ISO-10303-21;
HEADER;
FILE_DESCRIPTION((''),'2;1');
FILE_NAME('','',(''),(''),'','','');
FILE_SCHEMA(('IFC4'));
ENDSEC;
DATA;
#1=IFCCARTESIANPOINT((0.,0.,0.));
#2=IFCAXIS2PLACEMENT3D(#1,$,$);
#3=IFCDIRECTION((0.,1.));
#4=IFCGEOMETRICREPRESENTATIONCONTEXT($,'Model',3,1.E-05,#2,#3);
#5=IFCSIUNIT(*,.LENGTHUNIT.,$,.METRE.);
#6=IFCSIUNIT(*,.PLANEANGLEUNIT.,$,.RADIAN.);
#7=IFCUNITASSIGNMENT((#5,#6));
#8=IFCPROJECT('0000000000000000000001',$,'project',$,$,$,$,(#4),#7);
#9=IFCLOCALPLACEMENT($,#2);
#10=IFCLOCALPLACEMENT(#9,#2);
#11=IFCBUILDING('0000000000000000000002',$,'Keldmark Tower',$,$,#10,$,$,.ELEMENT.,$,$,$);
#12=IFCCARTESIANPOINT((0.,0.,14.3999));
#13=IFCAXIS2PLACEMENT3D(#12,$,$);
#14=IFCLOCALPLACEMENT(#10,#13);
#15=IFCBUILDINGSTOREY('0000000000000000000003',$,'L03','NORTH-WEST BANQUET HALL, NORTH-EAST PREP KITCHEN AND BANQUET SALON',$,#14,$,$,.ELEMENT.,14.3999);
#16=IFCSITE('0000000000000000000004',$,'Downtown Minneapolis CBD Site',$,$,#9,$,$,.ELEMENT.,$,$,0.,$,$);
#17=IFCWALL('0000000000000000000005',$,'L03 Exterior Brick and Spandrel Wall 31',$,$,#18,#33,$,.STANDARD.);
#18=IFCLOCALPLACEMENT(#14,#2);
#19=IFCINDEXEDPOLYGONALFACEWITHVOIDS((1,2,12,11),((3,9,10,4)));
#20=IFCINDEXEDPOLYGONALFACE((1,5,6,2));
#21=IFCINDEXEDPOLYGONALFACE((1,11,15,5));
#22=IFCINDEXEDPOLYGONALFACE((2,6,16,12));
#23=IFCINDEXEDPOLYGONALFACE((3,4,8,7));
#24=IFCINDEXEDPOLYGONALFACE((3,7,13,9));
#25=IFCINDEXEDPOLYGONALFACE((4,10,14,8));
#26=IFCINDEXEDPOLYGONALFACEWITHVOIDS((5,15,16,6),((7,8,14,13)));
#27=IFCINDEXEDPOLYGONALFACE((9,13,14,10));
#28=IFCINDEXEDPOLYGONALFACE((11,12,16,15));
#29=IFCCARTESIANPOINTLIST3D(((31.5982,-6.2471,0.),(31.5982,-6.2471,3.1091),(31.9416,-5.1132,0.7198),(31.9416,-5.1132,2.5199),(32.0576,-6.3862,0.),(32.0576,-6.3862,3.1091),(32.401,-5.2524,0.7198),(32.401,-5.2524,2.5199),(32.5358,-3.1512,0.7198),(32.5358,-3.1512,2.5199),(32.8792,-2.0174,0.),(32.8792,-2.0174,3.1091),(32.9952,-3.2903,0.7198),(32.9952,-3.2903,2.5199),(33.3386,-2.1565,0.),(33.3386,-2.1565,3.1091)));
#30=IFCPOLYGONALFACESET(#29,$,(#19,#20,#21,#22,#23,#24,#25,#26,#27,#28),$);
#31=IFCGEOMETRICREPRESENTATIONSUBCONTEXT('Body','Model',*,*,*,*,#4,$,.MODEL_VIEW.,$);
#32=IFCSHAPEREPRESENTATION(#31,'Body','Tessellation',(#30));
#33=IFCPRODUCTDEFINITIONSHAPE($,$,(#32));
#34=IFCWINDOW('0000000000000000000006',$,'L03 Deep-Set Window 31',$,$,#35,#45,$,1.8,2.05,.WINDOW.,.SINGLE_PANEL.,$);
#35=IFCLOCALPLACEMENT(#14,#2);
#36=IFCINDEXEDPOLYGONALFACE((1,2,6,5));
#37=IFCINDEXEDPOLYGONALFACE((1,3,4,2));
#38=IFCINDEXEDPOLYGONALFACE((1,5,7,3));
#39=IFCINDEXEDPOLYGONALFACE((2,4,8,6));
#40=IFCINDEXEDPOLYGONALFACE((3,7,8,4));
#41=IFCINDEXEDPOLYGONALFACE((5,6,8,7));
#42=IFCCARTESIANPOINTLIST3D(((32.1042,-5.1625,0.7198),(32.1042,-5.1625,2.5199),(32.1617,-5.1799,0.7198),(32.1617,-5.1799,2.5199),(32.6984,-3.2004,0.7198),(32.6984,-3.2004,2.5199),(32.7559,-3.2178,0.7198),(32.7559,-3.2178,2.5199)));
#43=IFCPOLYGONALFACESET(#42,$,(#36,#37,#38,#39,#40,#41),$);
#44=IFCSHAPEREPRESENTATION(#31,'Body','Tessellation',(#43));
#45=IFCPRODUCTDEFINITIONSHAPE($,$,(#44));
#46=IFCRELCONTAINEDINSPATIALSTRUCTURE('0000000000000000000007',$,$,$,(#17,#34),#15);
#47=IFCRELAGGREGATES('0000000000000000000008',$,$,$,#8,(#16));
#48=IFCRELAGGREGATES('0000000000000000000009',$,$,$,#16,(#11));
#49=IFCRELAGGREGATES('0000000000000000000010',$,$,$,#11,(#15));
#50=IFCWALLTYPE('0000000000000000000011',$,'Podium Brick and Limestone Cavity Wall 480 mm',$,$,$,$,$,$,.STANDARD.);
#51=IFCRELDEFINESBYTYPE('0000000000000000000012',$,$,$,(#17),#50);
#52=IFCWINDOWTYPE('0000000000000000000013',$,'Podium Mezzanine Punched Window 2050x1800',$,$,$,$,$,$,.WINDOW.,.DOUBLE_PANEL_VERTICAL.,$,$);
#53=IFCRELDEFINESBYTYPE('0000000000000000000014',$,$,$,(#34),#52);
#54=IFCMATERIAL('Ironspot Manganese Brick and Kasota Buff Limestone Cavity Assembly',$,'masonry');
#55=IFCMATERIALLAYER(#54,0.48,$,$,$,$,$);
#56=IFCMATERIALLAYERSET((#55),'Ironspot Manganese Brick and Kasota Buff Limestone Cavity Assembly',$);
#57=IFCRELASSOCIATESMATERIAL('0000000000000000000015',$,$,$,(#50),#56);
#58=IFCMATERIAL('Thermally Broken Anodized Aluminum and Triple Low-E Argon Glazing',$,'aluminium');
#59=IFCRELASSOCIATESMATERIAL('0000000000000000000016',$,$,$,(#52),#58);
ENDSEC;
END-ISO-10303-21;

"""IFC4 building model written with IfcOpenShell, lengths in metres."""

from ifc_helpers import new_model, si_unit, direction, frame, frame_2d, origin, place, context, subcontext, project, spatial, rectangle, extrude, material, layer, layer_set, type_object, element, fill, save


model = new_model("IFC4")

# Units and contexts
model_context = context("Model", 3, precision=1e-05, world=origin(), true_north=direction((0.0, 1.0)))
body_context = subcontext(model_context, "Body", "Model", "MODEL_VIEW")
ifc_project = project(units=[si_unit("LENGTHUNIT", "METRE"), si_unit("PLANEANGLEUNIT", "RADIAN")], contexts=[model_context])

# Site, building, storey
site_placement = place(None, origin())
site = spatial("IfcSite", under=ifc_project, at=site_placement, Name="Downtown Minneapolis CBD Site", CompositionType="ELEMENT", RefElevation=0.0)
building_placement = place(site_placement, origin())
building = spatial("IfcBuilding", under=site, at=building_placement, Name="Keldmark Tower", CompositionType="ELEMENT")
storey_placement = place(building_placement, frame((0.0, 0.0, 14.3999)))
storey = spatial("IfcBuildingStorey", under=building, at=storey_placement, Name="L03", Description="NORTH-WEST BANQUET HALL, NORTH-EAST PREP KITCHEN AND BANQUET SALON", CompositionType="ELEMENT", Elevation=14.3999)

# Wall, opening, window
ifc_material_1 = material(Name="Ironspot Manganese Brick and Kasota Buff Limestone Cavity Assembly", Category="masonry")
ifc_layer_1 = layer(ifc_material_1, 0.48)
ifc_layer_set_1 = layer_set([ifc_layer_1], Name="Ironspot Manganese Brick and Kasota Buff Limestone Cavity Assembly")
wall_type_1 = type_object("IfcWallType", Name="Podium Brick and Limestone Cavity Wall 480 mm", PredefinedType="STANDARD", material=ifc_layer_set_1)
ifc_material_2 = material(Name="Thermally Broken Anodized Aluminum and Triple Low-E Argon Glazing", Category="aluminium")
window_type = type_object("IfcWindowType", Name="Podium Mezzanine Punched Window 2050x1800", PartitioningType="DOUBLE_PANEL_VERTICAL", PredefinedType="WINDOW", material=ifc_material_2)
wall_1_placement = place(storey_placement, frame((33.1089, -2.0869, 0.0), z_axis=(0.0, 0.0, 1.0), x_axis=(-0.289856, -0.95707, 0.0)))
wall_1 = element("IfcWall", 1, at=wall_1_placement, inside=storey, type_object=wall_type_1, Name="L03 Exterior Brick and Spandrel Wall 31", PredefinedType="STANDARD", context=body_context, shape_type="SweptSolid", body=[
    extrude(rectangle(XDim=4.4194, YDim=0.48, at=frame_2d((2.2097, 0.0))), origin(), (0.0, 0.0, 1.0), 3.1091),
])
opening_1_placement = place(wall_1_placement, frame((1.1848, 0.0, 0.72)))
opening_1 = element("IfcOpeningElement", 2, at=opening_1_placement, cuts=wall_1, PredefinedType="OPENING", context=body_context, shape_type="SweptSolid", body=[
    extrude(rectangle(XDim=2.05, YDim=1.8, at=frame_2d((1.0249, 0.8999))), frame((0.0, 0.25, 0.0), z_axis=(0.0, -1.0, 0.0), x_axis=(1.0, 0.0, 0.0)), (0.0, 0.0, 1.0), 0.5),
])
window_1_placement = place(opening_1_placement, origin())
window_1 = element("IfcWindow", 3, at=window_1_placement, inside=storey, type_object=window_type, Name="L03 Deep-Set Window 31", OverallHeight=1.8, OverallWidth=2.05, PartitioningType="SINGLE_PANEL", PredefinedType="WINDOW", context=body_context, shape_type="SweptSolid", body=[
    extrude(rectangle(XDim=2.05, YDim=1.8, at=frame_2d((1.0249, 0.8999))), frame((0.0, -0.01, 0.0), z_axis=(0.0, -1.0, 0.0), x_axis=(1.0, 0.0, 0.0)), (0.0, 0.0, 1.0), 0.0601),
])
fill(opening_1, window_1)

save(model, "model.ifc")
